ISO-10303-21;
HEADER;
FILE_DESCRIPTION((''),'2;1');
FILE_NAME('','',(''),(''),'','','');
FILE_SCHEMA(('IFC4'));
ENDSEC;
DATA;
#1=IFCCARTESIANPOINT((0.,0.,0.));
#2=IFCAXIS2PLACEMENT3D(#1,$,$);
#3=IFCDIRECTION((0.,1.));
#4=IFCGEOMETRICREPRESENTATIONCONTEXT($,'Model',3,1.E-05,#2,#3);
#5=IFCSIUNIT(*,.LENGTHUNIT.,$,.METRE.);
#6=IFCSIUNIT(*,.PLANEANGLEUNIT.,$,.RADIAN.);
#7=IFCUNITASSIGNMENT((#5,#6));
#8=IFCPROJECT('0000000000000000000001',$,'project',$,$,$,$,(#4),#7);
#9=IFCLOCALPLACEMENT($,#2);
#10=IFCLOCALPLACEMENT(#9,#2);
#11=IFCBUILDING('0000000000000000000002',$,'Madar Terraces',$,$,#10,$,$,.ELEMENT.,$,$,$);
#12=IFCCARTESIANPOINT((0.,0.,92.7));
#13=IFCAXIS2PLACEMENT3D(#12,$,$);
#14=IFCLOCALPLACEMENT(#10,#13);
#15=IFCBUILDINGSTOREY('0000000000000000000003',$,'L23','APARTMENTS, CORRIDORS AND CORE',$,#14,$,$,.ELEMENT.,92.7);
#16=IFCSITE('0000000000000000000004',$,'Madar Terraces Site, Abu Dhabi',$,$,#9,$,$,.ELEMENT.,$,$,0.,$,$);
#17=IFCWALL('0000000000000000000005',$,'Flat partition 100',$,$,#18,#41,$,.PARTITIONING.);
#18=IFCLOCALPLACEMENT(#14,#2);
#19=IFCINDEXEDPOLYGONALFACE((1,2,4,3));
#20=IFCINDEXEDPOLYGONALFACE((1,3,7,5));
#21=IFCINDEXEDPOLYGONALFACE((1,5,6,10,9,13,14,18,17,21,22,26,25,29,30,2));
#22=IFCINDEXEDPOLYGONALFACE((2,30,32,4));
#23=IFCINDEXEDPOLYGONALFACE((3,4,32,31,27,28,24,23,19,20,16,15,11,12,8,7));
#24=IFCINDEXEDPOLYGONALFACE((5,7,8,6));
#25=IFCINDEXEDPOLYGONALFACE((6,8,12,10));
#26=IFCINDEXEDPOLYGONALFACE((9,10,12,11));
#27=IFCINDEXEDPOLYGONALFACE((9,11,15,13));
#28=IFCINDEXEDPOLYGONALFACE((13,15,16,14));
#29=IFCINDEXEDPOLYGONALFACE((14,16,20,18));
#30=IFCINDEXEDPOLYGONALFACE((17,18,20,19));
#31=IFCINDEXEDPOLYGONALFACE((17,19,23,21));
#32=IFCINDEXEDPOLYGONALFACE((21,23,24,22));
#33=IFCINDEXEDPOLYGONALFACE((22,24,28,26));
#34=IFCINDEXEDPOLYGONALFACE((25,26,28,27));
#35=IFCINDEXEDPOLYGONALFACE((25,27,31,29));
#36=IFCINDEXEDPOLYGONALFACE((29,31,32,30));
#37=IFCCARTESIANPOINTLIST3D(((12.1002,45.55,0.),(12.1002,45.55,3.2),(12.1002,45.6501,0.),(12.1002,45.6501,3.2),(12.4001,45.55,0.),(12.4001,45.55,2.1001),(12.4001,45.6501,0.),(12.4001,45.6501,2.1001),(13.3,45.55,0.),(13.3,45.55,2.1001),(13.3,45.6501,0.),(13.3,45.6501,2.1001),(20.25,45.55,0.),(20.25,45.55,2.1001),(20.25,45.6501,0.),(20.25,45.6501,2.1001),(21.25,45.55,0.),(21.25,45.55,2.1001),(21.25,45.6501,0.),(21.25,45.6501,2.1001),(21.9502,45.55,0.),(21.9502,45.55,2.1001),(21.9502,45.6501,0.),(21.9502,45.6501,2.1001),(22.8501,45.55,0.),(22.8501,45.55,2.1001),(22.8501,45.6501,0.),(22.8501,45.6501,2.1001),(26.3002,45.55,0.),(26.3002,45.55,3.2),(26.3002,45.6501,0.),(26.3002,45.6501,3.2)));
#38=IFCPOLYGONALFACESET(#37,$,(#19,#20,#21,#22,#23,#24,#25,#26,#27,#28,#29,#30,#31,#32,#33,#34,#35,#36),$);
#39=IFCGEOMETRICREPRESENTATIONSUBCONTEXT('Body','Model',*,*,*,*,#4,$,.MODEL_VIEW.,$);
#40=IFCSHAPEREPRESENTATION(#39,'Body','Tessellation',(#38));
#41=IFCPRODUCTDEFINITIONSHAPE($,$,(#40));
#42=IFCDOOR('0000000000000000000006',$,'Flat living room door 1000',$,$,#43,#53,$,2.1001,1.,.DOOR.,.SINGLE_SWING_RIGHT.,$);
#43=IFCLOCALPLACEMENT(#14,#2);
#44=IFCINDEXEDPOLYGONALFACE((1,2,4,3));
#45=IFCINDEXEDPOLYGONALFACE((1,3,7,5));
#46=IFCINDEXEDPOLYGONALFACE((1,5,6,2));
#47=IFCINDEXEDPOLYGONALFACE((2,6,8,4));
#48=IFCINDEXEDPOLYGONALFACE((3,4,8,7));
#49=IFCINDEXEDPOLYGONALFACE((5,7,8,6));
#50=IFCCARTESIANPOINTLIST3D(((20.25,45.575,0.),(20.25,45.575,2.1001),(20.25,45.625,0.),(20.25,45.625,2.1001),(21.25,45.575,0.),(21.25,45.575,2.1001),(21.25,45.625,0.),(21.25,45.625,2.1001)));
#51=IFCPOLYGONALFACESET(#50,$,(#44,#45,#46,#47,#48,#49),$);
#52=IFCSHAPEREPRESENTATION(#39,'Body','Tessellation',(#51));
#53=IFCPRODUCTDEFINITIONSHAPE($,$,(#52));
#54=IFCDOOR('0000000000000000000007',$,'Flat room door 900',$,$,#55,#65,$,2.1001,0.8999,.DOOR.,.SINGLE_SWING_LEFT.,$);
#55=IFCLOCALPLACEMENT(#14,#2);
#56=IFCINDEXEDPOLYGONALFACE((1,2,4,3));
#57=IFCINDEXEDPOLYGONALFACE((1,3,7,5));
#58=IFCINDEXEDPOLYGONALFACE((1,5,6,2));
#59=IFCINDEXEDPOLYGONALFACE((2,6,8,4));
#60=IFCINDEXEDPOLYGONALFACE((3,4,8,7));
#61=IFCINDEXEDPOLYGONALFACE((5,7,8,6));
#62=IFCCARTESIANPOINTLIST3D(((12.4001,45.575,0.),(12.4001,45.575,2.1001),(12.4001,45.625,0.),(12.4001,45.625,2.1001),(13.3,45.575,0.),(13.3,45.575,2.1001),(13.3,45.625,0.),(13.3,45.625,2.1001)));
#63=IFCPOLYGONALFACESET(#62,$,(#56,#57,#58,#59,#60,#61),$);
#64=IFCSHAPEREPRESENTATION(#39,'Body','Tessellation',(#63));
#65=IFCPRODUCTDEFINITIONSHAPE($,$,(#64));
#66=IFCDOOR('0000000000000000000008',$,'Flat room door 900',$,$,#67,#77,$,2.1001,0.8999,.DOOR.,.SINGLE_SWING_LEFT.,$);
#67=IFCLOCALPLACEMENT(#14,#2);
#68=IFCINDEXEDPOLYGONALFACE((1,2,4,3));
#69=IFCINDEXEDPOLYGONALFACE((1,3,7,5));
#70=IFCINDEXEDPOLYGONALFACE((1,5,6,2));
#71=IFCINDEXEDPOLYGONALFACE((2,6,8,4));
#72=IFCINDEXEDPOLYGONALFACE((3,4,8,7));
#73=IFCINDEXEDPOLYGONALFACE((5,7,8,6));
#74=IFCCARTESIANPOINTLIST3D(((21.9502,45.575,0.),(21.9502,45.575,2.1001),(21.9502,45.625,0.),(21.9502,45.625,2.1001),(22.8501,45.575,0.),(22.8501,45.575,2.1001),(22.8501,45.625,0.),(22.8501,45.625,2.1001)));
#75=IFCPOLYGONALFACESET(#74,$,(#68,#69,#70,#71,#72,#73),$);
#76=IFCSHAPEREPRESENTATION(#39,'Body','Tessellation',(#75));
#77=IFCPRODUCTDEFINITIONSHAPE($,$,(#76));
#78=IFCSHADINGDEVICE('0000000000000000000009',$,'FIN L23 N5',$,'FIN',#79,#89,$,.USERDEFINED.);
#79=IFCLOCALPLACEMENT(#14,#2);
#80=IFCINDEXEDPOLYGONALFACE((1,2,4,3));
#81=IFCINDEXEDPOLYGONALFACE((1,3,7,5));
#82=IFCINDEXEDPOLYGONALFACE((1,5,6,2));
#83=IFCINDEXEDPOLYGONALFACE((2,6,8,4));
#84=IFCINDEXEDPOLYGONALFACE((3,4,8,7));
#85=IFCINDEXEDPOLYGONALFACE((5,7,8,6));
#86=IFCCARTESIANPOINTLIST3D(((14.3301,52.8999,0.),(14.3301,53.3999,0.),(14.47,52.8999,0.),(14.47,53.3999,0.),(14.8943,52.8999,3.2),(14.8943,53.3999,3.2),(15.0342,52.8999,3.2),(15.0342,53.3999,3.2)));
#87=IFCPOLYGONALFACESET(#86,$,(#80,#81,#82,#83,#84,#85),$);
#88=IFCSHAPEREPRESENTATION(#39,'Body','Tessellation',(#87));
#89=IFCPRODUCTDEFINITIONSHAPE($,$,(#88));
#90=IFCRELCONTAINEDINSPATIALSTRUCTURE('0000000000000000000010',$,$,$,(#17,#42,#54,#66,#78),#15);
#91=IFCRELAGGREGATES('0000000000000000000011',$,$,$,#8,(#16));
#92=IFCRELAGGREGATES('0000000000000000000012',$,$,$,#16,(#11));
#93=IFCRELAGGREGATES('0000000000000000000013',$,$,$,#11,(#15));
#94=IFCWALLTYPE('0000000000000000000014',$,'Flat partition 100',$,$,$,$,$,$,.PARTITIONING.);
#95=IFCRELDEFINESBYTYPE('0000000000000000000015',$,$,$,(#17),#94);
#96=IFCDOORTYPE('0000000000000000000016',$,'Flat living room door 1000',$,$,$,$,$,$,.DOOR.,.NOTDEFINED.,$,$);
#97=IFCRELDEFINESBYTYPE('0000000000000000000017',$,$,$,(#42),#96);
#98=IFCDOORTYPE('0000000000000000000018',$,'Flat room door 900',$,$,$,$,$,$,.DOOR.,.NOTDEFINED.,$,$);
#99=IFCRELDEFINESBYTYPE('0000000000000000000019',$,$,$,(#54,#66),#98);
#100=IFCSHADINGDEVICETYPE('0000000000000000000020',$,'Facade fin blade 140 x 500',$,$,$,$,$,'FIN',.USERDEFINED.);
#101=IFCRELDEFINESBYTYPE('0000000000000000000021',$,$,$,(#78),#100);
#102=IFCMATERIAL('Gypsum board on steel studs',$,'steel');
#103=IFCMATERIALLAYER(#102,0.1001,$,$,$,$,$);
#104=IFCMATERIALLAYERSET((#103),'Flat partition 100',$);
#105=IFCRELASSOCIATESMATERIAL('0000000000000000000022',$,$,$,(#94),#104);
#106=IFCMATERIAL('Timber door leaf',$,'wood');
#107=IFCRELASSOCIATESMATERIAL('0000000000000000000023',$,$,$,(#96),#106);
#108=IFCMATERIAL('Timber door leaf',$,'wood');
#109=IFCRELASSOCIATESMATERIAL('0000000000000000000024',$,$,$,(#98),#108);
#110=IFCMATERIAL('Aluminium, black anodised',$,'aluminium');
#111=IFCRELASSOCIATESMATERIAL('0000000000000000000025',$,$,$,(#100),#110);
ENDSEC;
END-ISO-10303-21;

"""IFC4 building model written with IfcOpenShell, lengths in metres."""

from ifc_helpers import new_model, si_unit, direction, frame, frame_2d, origin, place, context, subcontext, project, spatial, polyline, rectangle, outline, extrude, material, layer, layer_set, type_object, element, fill, save


model = new_model("IFC4")

# Units and contexts
model_context = context("Model", 3, precision=1e-05, world=origin(), true_north=direction((0.0, 1.0)))
body_context = subcontext(model_context, "Body", "Model", "MODEL_VIEW")
ifc_project = project(units=[si_unit("LENGTHUNIT", "METRE"), si_unit("PLANEANGLEUNIT", "RADIAN")], contexts=[model_context])

# Site, building, storey
site_placement = place(None, origin())
site = spatial("IfcSite", under=ifc_project, at=site_placement, Name="Madar Terraces Site, Abu Dhabi", CompositionType="ELEMENT", RefElevation=0.0)
building_placement = place(site_placement, origin())
building = spatial("IfcBuilding", under=site, at=building_placement, Name="Madar Terraces", CompositionType="ELEMENT")
storey_placement = place(building_placement, frame((0.0, 0.0, 92.7)))
storey = spatial("IfcBuildingStorey", under=building, at=storey_placement, Name="L23", Description="APARTMENTS, CORRIDORS AND CORE", CompositionType="ELEMENT", Elevation=92.7)

# Shared definitions
ifc_material_1 = material(Name="Gypsum board on steel studs", Category="steel")
ifc_layer_1 = layer(ifc_material_1, 0.1001)
ifc_layer_set_1 = layer_set([ifc_layer_1], Name="Flat partition 100")
wall_type_1 = type_object("IfcWallType", Name="Flat partition 100", PredefinedType="PARTITIONING", material=ifc_layer_set_1)

# Wall, openings, doors
wall_1_placement = place(storey_placement, frame((12.1001, 45.6001, 0.0), z_axis=(0.0, 0.0, 1.0), x_axis=(1.0, 0.0, 0.0)))
wall_1 = element("IfcWall", 1, at=wall_1_placement, inside=storey, type_object=wall_type_1, Name="Flat partition 100", PredefinedType="PARTITIONING", context=body_context, shape_type="SweptSolid", body=[
    extrude(rectangle(XDim=14.2, YDim=0.1001, at=frame_2d((7.1001, 0.0))), origin(), (0.0, 0.0, 1.0), 3.2),
])
opening_1_placement = place(wall_1_placement, frame((0.3, 0.0, 0.0)))
opening_1 = element("IfcOpeningElement", 2, at=opening_1_placement, cuts=wall_1, PredefinedType="OPENING", context=body_context, shape_type="SweptSolid", body=[
    extrude(rectangle(XDim=0.8999, YDim=2.1001, at=frame_2d((0.45, 1.05))), frame((0.0, 0.0601, 0.0), z_axis=(0.0, -1.0, 0.0), x_axis=(1.0, 0.0, 0.0)), (0.0, 0.0, 1.0), 0.1201),
])
opening_2_placement = place(wall_1_placement, frame((8.1499, 0.0, 0.0)))
opening_2 = element("IfcOpeningElement", 3, at=opening_2_placement, cuts=wall_1, PredefinedType="OPENING", context=body_context, shape_type="SweptSolid", body=[
    extrude(rectangle(XDim=1.0, YDim=2.1001, at=frame_2d((0.5, 1.05))), frame((0.0, 0.0601, 0.0), z_axis=(0.0, -1.0, 0.0), x_axis=(1.0, 0.0, 0.0)), (0.0, 0.0, 1.0), 0.1201),
])
opening_3_placement = place(wall_1_placement, frame((9.8501, 0.0, 0.0)))
opening_3 = element("IfcOpeningElement", 4, at=opening_3_placement, cuts=wall_1, PredefinedType="OPENING", context=body_context, shape_type="SweptSolid", body=[
    extrude(rectangle(XDim=0.8999, YDim=2.1001, at=frame_2d((0.45, 1.05))), frame((0.0, 0.0601, 0.0), z_axis=(0.0, -1.0, 0.0), x_axis=(1.0, 0.0, 0.0)), (0.0, 0.0, 1.0), 0.1201),
])
ifc_material_2 = material(Name="Timber door leaf", Category="wood")
door_type_1 = type_object("IfcDoorType", Name="Flat living room door 1000", OperationType="NOTDEFINED", PredefinedType="DOOR", material=ifc_material_2)
door_1_placement = place(opening_2_placement, origin())
door_1 = element("IfcDoor", 5, at=door_1_placement, inside=storey, type_object=door_type_1, Name="Flat living room door 1000", OperationType="SINGLE_SWING_RIGHT", OverallHeight=2.1001, OverallWidth=1.0, PredefinedType="DOOR", context=body_context, shape_type="SweptSolid", body=[
    extrude(rectangle(XDim=1.0, YDim=2.1001, at=frame_2d((0.5, 1.05))), frame((0.0, 0.0249, 0.0), z_axis=(0.0, -1.0, 0.0), x_axis=(1.0, 0.0, 0.0)), (0.0, 0.0, 1.0), 0.05),
])
fill(opening_2, door_1)
ifc_material_3 = material(Name="Timber door leaf", Category="wood")
door_type_2 = type_object("IfcDoorType", Name="Flat room door 900", OperationType="NOTDEFINED", PredefinedType="DOOR", material=ifc_material_3)
door_2_placement = place(opening_1_placement, origin())
door_2 = element("IfcDoor", 6, at=door_2_placement, inside=storey, type_object=door_type_2, Name="Flat room door 900", OperationType="SINGLE_SWING_LEFT", OverallHeight=2.1001, OverallWidth=0.8999, PredefinedType="DOOR", context=body_context, shape_type="SweptSolid", body=[
    extrude(rectangle(XDim=0.8999, YDim=2.1001, at=frame_2d((0.45, 1.05))), frame((0.0, 0.0249, 0.0), z_axis=(0.0, -1.0, 0.0), x_axis=(1.0, 0.0, 0.0)), (0.0, 0.0, 1.0), 0.05),
])
fill(opening_1, door_2)
door_3_placement = place(opening_3_placement, origin())
door_3 = element("IfcDoor", 7, at=door_3_placement, inside=storey, type_object=door_type_2, Name="Flat room door 900", OperationType="SINGLE_SWING_LEFT", OverallHeight=2.1001, OverallWidth=0.8999, PredefinedType="DOOR", context=body_context, shape_type="SweptSolid", body=[
    extrude(rectangle(XDim=0.8999, YDim=2.1001, at=frame_2d((0.45, 1.05))), frame((0.0, 0.0249, 0.0), z_axis=(0.0, -1.0, 0.0), x_axis=(1.0, 0.0, 0.0)), (0.0, 0.0, 1.0), 0.05),
])
fill(opening_3, door_3)

# Shading device
ifc_material_4 = material(Name="Aluminium, black anodised", Category="aluminium")
shading_device_type = type_object("IfcShadingDeviceType", Name="Facade fin blade 140 x 500", ElementType="FIN", PredefinedType="USERDEFINED", material=ifc_material_4)
shading_device_placement = place(storey_placement, frame((14.47, 53.1499, 0.0), z_axis=(0.0, 0.0, 1.0), x_axis=(-1.0, 0.0, 0.0)))
element("IfcShadingDevice", 8, at=shading_device_placement, inside=storey, type_object=shading_device_type, Name="FIN L23 N5", ObjectType="FIN", PredefinedType="USERDEFINED", context=body_context, shape_type="SweptSolid", body=[
    extrude(outline(polyline([(0.0, 0.0), (0.1399, 0.0), (-0.4243, 3.2), (-0.5642, 3.2), (0.0, 0.0)])), frame((0.0, 0.25, 0.0), z_axis=(0.0, -1.0, 0.0), x_axis=(1.0, 0.0, 0.0)), (0.0, 0.0, 1.0), 0.5),
])

save(model, "model.ifc")
